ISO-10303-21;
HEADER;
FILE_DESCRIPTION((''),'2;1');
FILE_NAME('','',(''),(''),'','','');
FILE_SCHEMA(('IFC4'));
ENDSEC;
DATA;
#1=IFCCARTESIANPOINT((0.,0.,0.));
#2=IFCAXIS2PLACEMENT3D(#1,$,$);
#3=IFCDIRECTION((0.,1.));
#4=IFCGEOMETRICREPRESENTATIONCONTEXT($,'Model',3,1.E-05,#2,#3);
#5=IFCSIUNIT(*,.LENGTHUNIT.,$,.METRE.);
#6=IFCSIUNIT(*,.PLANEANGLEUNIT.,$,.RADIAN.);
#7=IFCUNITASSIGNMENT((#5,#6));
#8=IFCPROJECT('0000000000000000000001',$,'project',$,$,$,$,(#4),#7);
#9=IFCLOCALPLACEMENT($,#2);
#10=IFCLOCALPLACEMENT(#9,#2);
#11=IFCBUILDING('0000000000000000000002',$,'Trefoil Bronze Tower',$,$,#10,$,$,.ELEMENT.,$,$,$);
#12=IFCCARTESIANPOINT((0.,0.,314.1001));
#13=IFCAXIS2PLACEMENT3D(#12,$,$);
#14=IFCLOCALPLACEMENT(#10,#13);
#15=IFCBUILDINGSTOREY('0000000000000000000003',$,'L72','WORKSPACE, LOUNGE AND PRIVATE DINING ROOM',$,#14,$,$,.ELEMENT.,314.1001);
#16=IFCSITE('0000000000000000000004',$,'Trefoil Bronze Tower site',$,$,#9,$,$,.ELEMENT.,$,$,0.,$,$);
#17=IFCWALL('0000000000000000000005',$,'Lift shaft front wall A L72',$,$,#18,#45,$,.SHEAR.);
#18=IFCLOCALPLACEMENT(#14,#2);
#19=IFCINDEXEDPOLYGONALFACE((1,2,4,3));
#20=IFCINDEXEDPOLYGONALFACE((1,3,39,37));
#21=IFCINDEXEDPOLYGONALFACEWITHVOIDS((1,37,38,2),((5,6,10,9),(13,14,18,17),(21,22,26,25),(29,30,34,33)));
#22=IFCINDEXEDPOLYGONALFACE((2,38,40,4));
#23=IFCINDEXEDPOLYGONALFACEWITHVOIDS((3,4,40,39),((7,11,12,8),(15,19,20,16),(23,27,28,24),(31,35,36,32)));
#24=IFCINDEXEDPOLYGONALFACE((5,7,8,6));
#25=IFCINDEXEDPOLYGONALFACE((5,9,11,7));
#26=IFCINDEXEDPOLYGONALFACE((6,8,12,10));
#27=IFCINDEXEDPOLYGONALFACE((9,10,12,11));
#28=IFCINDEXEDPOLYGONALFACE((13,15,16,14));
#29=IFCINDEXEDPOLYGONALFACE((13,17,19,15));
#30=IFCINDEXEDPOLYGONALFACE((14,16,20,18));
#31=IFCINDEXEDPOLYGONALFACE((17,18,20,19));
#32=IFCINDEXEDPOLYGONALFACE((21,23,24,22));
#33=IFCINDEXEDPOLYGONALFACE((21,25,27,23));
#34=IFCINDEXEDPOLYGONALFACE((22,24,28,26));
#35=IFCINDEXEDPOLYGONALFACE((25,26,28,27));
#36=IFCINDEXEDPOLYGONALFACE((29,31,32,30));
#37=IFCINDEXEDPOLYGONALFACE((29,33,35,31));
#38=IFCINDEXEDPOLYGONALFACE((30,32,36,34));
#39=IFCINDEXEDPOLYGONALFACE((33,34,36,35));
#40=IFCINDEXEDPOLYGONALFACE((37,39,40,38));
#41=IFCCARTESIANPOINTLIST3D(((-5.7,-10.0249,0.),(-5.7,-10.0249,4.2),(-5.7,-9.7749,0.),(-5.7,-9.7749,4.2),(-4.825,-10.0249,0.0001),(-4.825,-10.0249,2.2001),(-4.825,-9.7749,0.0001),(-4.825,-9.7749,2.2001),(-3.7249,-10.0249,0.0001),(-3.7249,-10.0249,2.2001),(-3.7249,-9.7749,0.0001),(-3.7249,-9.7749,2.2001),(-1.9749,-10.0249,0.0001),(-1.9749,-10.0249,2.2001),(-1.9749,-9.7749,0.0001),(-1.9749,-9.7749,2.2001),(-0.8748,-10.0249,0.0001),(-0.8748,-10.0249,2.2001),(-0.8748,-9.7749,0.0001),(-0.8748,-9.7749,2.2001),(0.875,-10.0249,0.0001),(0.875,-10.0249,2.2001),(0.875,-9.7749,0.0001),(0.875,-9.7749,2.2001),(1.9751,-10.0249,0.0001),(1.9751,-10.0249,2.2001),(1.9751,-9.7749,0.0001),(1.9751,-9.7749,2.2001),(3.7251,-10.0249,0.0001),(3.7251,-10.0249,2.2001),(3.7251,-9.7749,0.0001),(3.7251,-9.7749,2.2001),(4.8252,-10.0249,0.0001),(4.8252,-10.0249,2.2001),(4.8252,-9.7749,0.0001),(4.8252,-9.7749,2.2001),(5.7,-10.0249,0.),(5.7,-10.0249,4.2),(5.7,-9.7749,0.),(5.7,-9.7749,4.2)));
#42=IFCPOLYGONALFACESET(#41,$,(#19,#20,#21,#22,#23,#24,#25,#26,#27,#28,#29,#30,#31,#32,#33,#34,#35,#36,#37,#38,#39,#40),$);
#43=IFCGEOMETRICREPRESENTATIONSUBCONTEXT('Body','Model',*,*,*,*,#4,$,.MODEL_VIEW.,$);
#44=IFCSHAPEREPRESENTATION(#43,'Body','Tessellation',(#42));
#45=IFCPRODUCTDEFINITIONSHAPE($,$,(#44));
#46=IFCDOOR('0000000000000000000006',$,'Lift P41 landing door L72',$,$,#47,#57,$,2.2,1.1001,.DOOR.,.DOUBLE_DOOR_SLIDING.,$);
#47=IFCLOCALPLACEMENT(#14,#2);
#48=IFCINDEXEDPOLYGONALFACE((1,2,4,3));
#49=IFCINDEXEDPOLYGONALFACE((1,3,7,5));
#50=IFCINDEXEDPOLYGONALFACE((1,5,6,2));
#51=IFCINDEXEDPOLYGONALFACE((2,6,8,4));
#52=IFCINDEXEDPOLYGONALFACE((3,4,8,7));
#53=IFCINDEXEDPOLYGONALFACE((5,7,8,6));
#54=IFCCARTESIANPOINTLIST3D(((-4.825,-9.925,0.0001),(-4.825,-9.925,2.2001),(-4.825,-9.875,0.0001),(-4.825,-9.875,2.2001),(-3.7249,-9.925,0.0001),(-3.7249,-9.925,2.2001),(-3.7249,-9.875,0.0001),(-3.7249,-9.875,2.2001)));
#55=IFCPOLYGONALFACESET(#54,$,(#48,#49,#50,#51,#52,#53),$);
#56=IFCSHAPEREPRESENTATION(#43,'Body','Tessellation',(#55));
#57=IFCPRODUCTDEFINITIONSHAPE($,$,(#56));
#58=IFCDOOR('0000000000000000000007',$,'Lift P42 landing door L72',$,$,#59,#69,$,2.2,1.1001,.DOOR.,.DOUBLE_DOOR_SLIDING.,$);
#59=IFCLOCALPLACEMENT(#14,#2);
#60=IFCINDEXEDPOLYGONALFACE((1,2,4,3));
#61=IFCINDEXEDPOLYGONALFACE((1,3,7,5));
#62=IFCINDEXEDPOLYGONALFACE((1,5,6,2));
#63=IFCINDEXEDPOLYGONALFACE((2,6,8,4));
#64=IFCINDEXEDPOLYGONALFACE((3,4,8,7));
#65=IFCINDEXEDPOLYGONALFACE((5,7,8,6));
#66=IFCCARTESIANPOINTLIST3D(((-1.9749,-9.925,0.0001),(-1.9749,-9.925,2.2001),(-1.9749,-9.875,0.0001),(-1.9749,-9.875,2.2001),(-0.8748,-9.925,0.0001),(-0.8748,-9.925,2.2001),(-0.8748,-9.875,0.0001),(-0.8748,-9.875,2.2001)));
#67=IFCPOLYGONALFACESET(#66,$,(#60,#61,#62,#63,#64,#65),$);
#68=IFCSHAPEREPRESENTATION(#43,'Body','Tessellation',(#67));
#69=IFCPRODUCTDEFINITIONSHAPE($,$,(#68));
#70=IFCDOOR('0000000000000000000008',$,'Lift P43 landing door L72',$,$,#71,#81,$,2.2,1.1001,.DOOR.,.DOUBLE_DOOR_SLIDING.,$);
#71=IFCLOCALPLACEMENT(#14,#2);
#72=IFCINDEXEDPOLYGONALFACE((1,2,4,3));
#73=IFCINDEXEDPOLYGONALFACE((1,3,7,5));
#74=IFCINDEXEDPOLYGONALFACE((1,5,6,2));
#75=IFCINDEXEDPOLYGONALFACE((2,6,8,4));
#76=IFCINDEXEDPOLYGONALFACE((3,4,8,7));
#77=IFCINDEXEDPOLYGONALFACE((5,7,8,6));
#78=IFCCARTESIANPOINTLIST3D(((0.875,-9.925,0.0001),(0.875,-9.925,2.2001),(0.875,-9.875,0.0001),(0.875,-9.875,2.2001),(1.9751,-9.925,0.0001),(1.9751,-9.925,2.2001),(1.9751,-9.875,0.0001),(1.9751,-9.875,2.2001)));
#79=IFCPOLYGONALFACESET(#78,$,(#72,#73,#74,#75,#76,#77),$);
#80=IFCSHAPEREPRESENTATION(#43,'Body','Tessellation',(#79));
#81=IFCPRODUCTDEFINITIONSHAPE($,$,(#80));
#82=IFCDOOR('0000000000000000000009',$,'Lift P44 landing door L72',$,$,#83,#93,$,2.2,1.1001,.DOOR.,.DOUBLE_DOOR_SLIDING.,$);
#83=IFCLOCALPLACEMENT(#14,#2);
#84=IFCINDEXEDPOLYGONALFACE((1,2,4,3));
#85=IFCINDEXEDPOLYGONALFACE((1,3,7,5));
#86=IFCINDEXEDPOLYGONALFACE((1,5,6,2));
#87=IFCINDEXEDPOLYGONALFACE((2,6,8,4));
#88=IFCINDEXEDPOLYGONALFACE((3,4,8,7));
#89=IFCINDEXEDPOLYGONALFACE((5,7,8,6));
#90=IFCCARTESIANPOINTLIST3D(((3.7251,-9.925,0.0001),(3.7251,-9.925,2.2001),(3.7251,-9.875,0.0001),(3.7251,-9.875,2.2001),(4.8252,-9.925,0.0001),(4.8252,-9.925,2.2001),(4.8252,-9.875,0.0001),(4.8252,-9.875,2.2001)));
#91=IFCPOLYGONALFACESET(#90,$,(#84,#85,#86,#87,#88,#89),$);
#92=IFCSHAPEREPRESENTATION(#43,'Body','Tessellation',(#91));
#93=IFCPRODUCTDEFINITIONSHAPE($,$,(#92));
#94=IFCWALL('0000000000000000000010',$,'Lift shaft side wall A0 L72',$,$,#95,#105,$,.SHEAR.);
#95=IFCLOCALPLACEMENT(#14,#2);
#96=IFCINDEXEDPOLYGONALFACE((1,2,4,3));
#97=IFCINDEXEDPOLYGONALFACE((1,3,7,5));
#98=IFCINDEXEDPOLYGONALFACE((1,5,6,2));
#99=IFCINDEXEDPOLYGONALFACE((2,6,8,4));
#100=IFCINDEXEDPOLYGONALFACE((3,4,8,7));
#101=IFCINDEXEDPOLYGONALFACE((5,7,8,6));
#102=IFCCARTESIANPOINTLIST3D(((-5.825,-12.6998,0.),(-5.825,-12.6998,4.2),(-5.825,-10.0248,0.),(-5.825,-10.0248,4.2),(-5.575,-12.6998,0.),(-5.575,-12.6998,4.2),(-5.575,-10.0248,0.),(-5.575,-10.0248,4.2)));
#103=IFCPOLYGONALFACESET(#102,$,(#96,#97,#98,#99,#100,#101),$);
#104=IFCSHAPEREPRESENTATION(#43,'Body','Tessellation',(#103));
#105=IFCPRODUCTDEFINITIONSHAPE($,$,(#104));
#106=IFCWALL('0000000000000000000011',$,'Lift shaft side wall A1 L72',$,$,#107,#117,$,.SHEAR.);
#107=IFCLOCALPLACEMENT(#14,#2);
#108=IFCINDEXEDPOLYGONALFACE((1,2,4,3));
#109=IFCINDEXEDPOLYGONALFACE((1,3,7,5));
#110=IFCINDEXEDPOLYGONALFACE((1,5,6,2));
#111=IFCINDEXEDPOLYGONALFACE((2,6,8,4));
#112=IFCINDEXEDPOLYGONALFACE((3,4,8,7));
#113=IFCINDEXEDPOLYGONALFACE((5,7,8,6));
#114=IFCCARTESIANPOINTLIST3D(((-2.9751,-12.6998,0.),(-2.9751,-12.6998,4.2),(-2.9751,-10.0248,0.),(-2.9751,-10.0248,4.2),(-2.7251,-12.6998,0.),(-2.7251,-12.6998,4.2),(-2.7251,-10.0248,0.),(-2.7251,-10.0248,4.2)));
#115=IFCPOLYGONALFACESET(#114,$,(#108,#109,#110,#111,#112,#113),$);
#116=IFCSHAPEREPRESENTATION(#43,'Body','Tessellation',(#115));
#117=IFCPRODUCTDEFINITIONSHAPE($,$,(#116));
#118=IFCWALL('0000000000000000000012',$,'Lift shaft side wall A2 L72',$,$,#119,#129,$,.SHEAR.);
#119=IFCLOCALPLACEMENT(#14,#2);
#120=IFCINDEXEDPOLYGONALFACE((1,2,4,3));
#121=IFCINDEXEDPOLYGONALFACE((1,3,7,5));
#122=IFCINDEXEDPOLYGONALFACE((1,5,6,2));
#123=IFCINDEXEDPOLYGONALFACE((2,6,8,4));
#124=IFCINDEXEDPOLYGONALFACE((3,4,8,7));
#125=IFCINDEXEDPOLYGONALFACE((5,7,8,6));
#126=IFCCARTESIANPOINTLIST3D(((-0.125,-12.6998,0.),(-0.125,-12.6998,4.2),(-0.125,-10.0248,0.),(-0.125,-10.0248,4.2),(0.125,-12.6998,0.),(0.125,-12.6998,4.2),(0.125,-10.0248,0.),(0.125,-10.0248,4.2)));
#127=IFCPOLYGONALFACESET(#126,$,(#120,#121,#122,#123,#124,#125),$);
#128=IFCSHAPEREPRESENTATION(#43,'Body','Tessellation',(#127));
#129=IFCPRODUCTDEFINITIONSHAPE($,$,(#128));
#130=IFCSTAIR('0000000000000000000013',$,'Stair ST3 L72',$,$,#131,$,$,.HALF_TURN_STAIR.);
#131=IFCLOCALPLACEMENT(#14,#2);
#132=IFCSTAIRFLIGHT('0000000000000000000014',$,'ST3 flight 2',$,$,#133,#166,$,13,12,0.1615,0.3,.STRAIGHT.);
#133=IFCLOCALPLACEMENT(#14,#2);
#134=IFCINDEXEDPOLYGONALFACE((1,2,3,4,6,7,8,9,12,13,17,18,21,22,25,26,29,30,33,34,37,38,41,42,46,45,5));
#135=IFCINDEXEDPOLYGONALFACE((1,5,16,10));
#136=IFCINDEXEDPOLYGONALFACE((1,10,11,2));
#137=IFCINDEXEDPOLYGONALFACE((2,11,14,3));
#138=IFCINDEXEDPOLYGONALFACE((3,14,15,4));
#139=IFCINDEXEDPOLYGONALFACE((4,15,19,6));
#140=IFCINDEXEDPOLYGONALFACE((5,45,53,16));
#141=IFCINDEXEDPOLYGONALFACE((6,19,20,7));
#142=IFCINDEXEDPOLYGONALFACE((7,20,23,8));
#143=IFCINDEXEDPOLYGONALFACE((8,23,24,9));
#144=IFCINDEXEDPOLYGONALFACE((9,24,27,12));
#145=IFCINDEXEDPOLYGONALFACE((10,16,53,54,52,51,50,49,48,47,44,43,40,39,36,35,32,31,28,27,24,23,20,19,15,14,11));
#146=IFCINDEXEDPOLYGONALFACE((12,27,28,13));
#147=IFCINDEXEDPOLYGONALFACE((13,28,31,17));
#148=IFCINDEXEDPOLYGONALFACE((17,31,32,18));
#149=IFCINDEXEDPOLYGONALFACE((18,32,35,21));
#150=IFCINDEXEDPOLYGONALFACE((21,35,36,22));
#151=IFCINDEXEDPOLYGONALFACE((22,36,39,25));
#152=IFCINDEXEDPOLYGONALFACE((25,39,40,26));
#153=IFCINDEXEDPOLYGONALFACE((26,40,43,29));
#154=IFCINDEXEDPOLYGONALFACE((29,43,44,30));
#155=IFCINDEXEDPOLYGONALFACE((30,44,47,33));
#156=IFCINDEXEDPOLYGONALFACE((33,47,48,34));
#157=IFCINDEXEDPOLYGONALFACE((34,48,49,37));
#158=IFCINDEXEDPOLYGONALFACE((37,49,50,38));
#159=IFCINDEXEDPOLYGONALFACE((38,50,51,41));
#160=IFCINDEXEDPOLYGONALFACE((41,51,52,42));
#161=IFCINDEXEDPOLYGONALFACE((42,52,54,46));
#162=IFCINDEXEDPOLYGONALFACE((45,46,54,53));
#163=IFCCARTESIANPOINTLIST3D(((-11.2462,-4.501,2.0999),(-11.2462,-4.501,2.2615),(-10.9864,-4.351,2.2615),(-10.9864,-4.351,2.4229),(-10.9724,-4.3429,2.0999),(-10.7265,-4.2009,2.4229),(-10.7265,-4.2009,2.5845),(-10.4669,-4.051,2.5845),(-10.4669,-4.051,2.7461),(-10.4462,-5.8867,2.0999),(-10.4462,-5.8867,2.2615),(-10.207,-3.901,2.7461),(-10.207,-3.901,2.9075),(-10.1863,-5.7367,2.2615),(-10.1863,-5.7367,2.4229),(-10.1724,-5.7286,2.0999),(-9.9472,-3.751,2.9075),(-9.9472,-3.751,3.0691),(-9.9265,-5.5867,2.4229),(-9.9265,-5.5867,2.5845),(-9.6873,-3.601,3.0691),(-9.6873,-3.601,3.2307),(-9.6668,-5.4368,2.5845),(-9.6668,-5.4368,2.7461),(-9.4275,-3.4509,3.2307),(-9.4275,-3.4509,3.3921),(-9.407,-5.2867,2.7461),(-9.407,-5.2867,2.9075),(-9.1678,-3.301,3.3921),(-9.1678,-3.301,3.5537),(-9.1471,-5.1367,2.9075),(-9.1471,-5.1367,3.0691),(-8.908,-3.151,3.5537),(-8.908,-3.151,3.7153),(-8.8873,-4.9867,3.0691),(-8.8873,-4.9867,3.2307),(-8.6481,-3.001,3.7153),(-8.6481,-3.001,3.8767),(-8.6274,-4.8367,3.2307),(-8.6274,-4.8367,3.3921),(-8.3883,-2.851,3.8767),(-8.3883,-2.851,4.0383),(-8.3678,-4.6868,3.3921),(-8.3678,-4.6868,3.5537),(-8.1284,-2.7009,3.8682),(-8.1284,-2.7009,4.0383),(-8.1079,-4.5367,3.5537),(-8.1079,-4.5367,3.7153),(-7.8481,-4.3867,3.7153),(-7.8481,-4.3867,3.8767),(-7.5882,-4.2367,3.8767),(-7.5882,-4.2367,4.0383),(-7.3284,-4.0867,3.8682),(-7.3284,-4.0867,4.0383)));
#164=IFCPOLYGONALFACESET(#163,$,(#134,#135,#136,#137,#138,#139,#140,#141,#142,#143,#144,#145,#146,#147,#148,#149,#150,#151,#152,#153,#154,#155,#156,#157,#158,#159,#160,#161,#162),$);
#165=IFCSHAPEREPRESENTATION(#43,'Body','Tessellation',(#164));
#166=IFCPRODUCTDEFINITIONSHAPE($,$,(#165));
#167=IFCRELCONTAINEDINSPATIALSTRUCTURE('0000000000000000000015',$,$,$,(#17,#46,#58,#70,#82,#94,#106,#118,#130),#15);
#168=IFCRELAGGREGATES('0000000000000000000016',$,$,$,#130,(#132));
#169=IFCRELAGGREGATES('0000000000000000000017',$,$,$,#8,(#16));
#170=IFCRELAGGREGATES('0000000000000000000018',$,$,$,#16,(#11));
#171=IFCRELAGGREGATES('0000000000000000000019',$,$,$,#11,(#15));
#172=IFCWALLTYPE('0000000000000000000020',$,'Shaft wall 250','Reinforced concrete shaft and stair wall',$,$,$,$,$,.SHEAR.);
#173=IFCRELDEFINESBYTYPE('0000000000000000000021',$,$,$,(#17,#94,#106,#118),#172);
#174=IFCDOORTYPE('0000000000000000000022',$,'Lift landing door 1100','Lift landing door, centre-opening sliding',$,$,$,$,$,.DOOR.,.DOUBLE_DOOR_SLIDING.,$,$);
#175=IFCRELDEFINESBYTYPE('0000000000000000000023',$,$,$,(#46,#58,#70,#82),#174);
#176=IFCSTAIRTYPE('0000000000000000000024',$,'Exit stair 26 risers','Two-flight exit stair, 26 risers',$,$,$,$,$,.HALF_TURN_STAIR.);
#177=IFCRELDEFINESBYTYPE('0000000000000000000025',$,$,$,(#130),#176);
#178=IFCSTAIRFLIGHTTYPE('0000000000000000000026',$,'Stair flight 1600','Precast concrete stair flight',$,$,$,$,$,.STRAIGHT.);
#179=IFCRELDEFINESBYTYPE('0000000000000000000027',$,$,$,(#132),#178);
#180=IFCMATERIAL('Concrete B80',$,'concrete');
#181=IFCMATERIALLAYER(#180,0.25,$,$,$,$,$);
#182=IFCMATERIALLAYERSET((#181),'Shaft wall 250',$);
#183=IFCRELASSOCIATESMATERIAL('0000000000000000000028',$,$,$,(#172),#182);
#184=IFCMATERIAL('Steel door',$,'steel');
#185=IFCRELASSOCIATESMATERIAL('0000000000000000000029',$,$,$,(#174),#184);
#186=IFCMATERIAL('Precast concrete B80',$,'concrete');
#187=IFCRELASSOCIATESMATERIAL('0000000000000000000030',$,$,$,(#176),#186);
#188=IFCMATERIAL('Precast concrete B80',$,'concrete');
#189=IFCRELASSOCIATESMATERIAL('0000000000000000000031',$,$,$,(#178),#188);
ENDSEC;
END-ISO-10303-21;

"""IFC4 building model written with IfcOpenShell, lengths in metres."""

from ifc_helpers import new_model, si_unit, direction, frame, frame_2d, origin, place, context, subcontext, project, spatial, polyline, rectangle, outline, extrude, material, layer, layer_set, type_object, element, fill, aggregate, save


model = new_model("IFC4")

# Units and contexts
model_context = context("Model", 3, precision=1e-05, world=origin(), true_north=direction((0.0, 1.0)))
body_context = subcontext(model_context, "Body", "Model", "MODEL_VIEW")
ifc_project = project(units=[si_unit("LENGTHUNIT", "METRE"), si_unit("PLANEANGLEUNIT", "RADIAN")], contexts=[model_context])

# Site, building, storey
site_placement = place(None, origin())
site = spatial("IfcSite", under=ifc_project, at=site_placement, Name="Trefoil Bronze Tower site", CompositionType="ELEMENT", RefElevation=0.0)
building_placement = place(site_placement, origin())
building = spatial("IfcBuilding", under=site, at=building_placement, Name="Trefoil Bronze Tower", CompositionType="ELEMENT")
storey_placement = place(building_placement, frame((0.0, 0.0, 314.1001)))
storey = spatial("IfcBuildingStorey", under=building, at=storey_placement, Name="L72", Description="WORKSPACE, LOUNGE AND PRIVATE DINING ROOM", CompositionType="ELEMENT", Elevation=314.1001)

# Wall, openings, doors
ifc_material_1 = material(Name="Concrete B80", Category="concrete")
ifc_layer_1 = layer(ifc_material_1, 0.25)
ifc_layer_set_1 = layer_set([ifc_layer_1], Name="Shaft wall 250")
wall_type_1 = type_object("IfcWallType", Name="Shaft wall 250", Description="Reinforced concrete shaft and stair wall", PredefinedType="SHEAR", material=ifc_layer_set_1)
wall_1_placement = place(storey_placement, frame((-5.7, -9.8999, 0.0), z_axis=(0.0, 0.0, 1.0), x_axis=(1.0, 0.0, 0.0)))
wall_1 = element("IfcWall", 1, at=wall_1_placement, inside=storey, type_object=wall_type_1, Name="Lift shaft front wall A L72", PredefinedType="SHEAR", context=body_context, shape_type="SweptSolid", body=[
    extrude(rectangle(XDim=11.3999, YDim=0.25, at=frame_2d((5.7, 0.0))), origin(), (0.0, 0.0, 1.0), 4.2),
])
opening_1_placement = place(wall_1_placement, frame((0.875, 0.0, 0.0)))
opening_1 = element("IfcOpeningElement", 2, at=opening_1_placement, cuts=wall_1, PredefinedType="OPENING", context=body_context, shape_type="SweptSolid", body=[
    extrude(rectangle(XDim=1.1001, YDim=2.2, at=frame_2d((0.55, 1.1001))), frame((0.0, 0.135, 0.0), z_axis=(0.0, -1.0, 0.0), x_axis=(1.0, 0.0, 0.0)), (0.0, 0.0, 1.0), 0.27),
])
opening_2_placement = place(wall_1_placement, frame((3.7251, 0.0, 0.0)))
opening_2 = element("IfcOpeningElement", 3, at=opening_2_placement, cuts=wall_1, PredefinedType="OPENING", context=body_context, shape_type="SweptSolid", body=[
    extrude(rectangle(XDim=1.1001, YDim=2.2, at=frame_2d((0.55, 1.1001))), frame((0.0, 0.135, 0.0), z_axis=(0.0, -1.0, 0.0), x_axis=(1.0, 0.0, 0.0)), (0.0, 0.0, 1.0), 0.27),
])
opening_3_placement = place(wall_1_placement, frame((6.575, 0.0, 0.0)))
opening_3 = element("IfcOpeningElement", 4, at=opening_3_placement, cuts=wall_1, PredefinedType="OPENING", context=body_context, shape_type="SweptSolid", body=[
    extrude(rectangle(XDim=1.1001, YDim=2.2, at=frame_2d((0.55, 1.1001))), frame((0.0, 0.135, 0.0), z_axis=(0.0, -1.0, 0.0), x_axis=(1.0, 0.0, 0.0)), (0.0, 0.0, 1.0), 0.27),
])
opening_4_placement = place(wall_1_placement, frame((9.425, 0.0, 0.0)))
opening_4 = element("IfcOpeningElement", 5, at=opening_4_placement, cuts=wall_1, PredefinedType="OPENING", context=body_context, shape_type="SweptSolid", body=[
    extrude(rectangle(XDim=1.1001, YDim=2.2, at=frame_2d((0.55, 1.1001))), frame((0.0, 0.135, 0.0), z_axis=(0.0, -1.0, 0.0), x_axis=(1.0, 0.0, 0.0)), (0.0, 0.0, 1.0), 0.27),
])
ifc_material_2 = material(Name="Steel door", Category="steel")
door_type_1 = type_object("IfcDoorType", Name="Lift landing door 1100", Description="Lift landing door, centre-opening sliding", OperationType="DOUBLE_DOOR_SLIDING", PredefinedType="DOOR", material=ifc_material_2)
door_1_placement = place(opening_1_placement, origin())
door_1 = element("IfcDoor", 6, at=door_1_placement, inside=storey, type_object=door_type_1, Name="Lift P41 landing door L72", OperationType="DOUBLE_DOOR_SLIDING", OverallHeight=2.2, OverallWidth=1.1001, PredefinedType="DOOR", context=body_context, shape_type="SweptSolid", body=[
    extrude(rectangle(XDim=1.1001, YDim=2.2, at=frame_2d((0.55, 1.1001))), frame((0.0, 0.0249, 0.0), z_axis=(0.0, -1.0, 0.0), x_axis=(1.0, 0.0, 0.0)), (0.0, 0.0, 1.0), 0.05),
])
fill(opening_1, door_1)
door_2_placement = place(opening_2_placement, origin())
door_2 = element("IfcDoor", 7, at=door_2_placement, inside=storey, type_object=door_type_1, Name="Lift P42 landing door L72", OperationType="DOUBLE_DOOR_SLIDING", OverallHeight=2.2, OverallWidth=1.1001, PredefinedType="DOOR", context=body_context, shape_type="SweptSolid", body=[
    extrude(rectangle(XDim=1.1001, YDim=2.2, at=frame_2d((0.55, 1.1001))), frame((0.0, 0.0249, 0.0), z_axis=(0.0, -1.0, 0.0), x_axis=(1.0, 0.0, 0.0)), (0.0, 0.0, 1.0), 0.05),
])
fill(opening_2, door_2)
door_3_placement = place(opening_3_placement, origin())
door_3 = element("IfcDoor", 8, at=door_3_placement, inside=storey, type_object=door_type_1, Name="Lift P43 landing door L72", OperationType="DOUBLE_DOOR_SLIDING", OverallHeight=2.2, OverallWidth=1.1001, PredefinedType="DOOR", context=body_context, shape_type="SweptSolid", body=[
    extrude(rectangle(XDim=1.1001, YDim=2.2, at=frame_2d((0.55, 1.1001))), frame((0.0, 0.0249, 0.0), z_axis=(0.0, -1.0, 0.0), x_axis=(1.0, 0.0, 0.0)), (0.0, 0.0, 1.0), 0.05),
])
fill(opening_3, door_3)
door_4_placement = place(opening_4_placement, origin())
door_4 = element("IfcDoor", 9, at=door_4_placement, inside=storey, type_object=door_type_1, Name="Lift P44 landing door L72", OperationType="DOUBLE_DOOR_SLIDING", OverallHeight=2.2, OverallWidth=1.1001, PredefinedType="DOOR", context=body_context, shape_type="SweptSolid", body=[
    extrude(rectangle(XDim=1.1001, YDim=2.2, at=frame_2d((0.55, 1.1001))), frame((0.0, 0.0249, 0.0), z_axis=(0.0, -1.0, 0.0), x_axis=(1.0, 0.0, 0.0)), (0.0, 0.0, 1.0), 0.05),
])
fill(opening_4, door_4)

# Walls
for number, where, z_axis, x_axis, name in (
    (10, (-5.7, -10.0249, 0.0), (0.0, 0.0, 1.0), (0.0, -1.0, 0.0), "Lift shaft side wall A0 L72"),
    (11, (-2.8501, -10.0249, 0.0), (0.0, 0.0, 1.0), (0.0, -1.0, 0.0), "Lift shaft side wall A1 L72"),
    (12, (0.0, -10.0249, 0.0), (0.0, 0.0, 1.0), (0.0, -1.0, 0.0), "Lift shaft side wall A2 L72"),
):
    element("IfcWall", number, at=place(storey_placement, frame(where, z_axis=z_axis, x_axis=x_axis)), inside=storey, type_object=wall_type_1, Name=name, PredefinedType="SHEAR", context=body_context, shape_type="SweptSolid", body=[
        extrude(rectangle(XDim=2.675, YDim=0.25, at=frame_2d((1.3374, 0.0))), origin(), (0.0, 0.0, 1.0), 4.2),
    ])

# Stair, stair flight
ifc_material_3 = material(Name="Precast concrete B80", Category="concrete")
stair_type = type_object("IfcStairType", Name="Exit stair 26 risers", Description="Two-flight exit stair, 26 risers", PredefinedType="HALF_TURN_STAIR", material=ifc_material_3)
stair_placement = place(storey_placement, origin())
stair = element("IfcStair", 13, at=stair_placement, inside=storey, type_object=stair_type, Name="Stair ST3 L72", PredefinedType="HALF_TURN_STAIR")
ifc_material_4 = material(Name="Precast concrete B80", Category="concrete")
stair_flight_type = type_object("IfcStairFlightType", Name="Stair flight 1600", Description="Precast concrete stair flight", PredefinedType="STRAIGHT", material=ifc_material_4)
stair_flight_placement = place(storey_placement, frame((-10.8462, -5.1938, 2.0999), z_axis=(0.0, 0.0, 1.0), x_axis=(0.866025, 0.5, 0.0)))
stair_flight = element("IfcStairFlight", 14, at=stair_flight_placement, type_object=stair_flight_type, Name="ST3 flight 2", NumberOfRisers=13, NumberOfTreads=12, PredefinedType="STRAIGHT", RiserHeight=0.1615, TreadLength=0.3, context=body_context, shape_type="SweptSolid", body=[
    extrude(outline(polyline([(0.0, 0.0), (0.0, 0.1616), (0.3, 0.1616), (0.3, 0.323), (0.6001, 0.323), (0.6001, 0.4846), (0.8999, 0.4846), (0.8999, 0.6462), (1.2, 0.6462), (1.2, 0.8076), (1.5, 0.8076), (1.5, 0.9692), (1.8, 0.9692), (1.8, 1.1309), (2.1001, 1.1309), (2.1001, 1.2922), (2.3999, 1.2922), (2.3999, 1.4539), (2.7, 1.4539), (2.7, 1.6155), (3.0, 1.6155), (3.0, 1.7769), (3.3, 1.7769), (3.3, 1.9385), (3.6001, 1.9385), (3.6001, 2.1001), (3.6001, 1.7683), (0.3162, 0.0), (0.0, 0.0)])), frame((0.0, 0.8, 0.0), z_axis=(0.0, -1.0, 0.0), x_axis=(1.0, 0.0, 0.0)), (0.0, 0.0, 1.0), 1.6001),
])
aggregate(stair, [stair_flight])

save(model, "model.ifc")
